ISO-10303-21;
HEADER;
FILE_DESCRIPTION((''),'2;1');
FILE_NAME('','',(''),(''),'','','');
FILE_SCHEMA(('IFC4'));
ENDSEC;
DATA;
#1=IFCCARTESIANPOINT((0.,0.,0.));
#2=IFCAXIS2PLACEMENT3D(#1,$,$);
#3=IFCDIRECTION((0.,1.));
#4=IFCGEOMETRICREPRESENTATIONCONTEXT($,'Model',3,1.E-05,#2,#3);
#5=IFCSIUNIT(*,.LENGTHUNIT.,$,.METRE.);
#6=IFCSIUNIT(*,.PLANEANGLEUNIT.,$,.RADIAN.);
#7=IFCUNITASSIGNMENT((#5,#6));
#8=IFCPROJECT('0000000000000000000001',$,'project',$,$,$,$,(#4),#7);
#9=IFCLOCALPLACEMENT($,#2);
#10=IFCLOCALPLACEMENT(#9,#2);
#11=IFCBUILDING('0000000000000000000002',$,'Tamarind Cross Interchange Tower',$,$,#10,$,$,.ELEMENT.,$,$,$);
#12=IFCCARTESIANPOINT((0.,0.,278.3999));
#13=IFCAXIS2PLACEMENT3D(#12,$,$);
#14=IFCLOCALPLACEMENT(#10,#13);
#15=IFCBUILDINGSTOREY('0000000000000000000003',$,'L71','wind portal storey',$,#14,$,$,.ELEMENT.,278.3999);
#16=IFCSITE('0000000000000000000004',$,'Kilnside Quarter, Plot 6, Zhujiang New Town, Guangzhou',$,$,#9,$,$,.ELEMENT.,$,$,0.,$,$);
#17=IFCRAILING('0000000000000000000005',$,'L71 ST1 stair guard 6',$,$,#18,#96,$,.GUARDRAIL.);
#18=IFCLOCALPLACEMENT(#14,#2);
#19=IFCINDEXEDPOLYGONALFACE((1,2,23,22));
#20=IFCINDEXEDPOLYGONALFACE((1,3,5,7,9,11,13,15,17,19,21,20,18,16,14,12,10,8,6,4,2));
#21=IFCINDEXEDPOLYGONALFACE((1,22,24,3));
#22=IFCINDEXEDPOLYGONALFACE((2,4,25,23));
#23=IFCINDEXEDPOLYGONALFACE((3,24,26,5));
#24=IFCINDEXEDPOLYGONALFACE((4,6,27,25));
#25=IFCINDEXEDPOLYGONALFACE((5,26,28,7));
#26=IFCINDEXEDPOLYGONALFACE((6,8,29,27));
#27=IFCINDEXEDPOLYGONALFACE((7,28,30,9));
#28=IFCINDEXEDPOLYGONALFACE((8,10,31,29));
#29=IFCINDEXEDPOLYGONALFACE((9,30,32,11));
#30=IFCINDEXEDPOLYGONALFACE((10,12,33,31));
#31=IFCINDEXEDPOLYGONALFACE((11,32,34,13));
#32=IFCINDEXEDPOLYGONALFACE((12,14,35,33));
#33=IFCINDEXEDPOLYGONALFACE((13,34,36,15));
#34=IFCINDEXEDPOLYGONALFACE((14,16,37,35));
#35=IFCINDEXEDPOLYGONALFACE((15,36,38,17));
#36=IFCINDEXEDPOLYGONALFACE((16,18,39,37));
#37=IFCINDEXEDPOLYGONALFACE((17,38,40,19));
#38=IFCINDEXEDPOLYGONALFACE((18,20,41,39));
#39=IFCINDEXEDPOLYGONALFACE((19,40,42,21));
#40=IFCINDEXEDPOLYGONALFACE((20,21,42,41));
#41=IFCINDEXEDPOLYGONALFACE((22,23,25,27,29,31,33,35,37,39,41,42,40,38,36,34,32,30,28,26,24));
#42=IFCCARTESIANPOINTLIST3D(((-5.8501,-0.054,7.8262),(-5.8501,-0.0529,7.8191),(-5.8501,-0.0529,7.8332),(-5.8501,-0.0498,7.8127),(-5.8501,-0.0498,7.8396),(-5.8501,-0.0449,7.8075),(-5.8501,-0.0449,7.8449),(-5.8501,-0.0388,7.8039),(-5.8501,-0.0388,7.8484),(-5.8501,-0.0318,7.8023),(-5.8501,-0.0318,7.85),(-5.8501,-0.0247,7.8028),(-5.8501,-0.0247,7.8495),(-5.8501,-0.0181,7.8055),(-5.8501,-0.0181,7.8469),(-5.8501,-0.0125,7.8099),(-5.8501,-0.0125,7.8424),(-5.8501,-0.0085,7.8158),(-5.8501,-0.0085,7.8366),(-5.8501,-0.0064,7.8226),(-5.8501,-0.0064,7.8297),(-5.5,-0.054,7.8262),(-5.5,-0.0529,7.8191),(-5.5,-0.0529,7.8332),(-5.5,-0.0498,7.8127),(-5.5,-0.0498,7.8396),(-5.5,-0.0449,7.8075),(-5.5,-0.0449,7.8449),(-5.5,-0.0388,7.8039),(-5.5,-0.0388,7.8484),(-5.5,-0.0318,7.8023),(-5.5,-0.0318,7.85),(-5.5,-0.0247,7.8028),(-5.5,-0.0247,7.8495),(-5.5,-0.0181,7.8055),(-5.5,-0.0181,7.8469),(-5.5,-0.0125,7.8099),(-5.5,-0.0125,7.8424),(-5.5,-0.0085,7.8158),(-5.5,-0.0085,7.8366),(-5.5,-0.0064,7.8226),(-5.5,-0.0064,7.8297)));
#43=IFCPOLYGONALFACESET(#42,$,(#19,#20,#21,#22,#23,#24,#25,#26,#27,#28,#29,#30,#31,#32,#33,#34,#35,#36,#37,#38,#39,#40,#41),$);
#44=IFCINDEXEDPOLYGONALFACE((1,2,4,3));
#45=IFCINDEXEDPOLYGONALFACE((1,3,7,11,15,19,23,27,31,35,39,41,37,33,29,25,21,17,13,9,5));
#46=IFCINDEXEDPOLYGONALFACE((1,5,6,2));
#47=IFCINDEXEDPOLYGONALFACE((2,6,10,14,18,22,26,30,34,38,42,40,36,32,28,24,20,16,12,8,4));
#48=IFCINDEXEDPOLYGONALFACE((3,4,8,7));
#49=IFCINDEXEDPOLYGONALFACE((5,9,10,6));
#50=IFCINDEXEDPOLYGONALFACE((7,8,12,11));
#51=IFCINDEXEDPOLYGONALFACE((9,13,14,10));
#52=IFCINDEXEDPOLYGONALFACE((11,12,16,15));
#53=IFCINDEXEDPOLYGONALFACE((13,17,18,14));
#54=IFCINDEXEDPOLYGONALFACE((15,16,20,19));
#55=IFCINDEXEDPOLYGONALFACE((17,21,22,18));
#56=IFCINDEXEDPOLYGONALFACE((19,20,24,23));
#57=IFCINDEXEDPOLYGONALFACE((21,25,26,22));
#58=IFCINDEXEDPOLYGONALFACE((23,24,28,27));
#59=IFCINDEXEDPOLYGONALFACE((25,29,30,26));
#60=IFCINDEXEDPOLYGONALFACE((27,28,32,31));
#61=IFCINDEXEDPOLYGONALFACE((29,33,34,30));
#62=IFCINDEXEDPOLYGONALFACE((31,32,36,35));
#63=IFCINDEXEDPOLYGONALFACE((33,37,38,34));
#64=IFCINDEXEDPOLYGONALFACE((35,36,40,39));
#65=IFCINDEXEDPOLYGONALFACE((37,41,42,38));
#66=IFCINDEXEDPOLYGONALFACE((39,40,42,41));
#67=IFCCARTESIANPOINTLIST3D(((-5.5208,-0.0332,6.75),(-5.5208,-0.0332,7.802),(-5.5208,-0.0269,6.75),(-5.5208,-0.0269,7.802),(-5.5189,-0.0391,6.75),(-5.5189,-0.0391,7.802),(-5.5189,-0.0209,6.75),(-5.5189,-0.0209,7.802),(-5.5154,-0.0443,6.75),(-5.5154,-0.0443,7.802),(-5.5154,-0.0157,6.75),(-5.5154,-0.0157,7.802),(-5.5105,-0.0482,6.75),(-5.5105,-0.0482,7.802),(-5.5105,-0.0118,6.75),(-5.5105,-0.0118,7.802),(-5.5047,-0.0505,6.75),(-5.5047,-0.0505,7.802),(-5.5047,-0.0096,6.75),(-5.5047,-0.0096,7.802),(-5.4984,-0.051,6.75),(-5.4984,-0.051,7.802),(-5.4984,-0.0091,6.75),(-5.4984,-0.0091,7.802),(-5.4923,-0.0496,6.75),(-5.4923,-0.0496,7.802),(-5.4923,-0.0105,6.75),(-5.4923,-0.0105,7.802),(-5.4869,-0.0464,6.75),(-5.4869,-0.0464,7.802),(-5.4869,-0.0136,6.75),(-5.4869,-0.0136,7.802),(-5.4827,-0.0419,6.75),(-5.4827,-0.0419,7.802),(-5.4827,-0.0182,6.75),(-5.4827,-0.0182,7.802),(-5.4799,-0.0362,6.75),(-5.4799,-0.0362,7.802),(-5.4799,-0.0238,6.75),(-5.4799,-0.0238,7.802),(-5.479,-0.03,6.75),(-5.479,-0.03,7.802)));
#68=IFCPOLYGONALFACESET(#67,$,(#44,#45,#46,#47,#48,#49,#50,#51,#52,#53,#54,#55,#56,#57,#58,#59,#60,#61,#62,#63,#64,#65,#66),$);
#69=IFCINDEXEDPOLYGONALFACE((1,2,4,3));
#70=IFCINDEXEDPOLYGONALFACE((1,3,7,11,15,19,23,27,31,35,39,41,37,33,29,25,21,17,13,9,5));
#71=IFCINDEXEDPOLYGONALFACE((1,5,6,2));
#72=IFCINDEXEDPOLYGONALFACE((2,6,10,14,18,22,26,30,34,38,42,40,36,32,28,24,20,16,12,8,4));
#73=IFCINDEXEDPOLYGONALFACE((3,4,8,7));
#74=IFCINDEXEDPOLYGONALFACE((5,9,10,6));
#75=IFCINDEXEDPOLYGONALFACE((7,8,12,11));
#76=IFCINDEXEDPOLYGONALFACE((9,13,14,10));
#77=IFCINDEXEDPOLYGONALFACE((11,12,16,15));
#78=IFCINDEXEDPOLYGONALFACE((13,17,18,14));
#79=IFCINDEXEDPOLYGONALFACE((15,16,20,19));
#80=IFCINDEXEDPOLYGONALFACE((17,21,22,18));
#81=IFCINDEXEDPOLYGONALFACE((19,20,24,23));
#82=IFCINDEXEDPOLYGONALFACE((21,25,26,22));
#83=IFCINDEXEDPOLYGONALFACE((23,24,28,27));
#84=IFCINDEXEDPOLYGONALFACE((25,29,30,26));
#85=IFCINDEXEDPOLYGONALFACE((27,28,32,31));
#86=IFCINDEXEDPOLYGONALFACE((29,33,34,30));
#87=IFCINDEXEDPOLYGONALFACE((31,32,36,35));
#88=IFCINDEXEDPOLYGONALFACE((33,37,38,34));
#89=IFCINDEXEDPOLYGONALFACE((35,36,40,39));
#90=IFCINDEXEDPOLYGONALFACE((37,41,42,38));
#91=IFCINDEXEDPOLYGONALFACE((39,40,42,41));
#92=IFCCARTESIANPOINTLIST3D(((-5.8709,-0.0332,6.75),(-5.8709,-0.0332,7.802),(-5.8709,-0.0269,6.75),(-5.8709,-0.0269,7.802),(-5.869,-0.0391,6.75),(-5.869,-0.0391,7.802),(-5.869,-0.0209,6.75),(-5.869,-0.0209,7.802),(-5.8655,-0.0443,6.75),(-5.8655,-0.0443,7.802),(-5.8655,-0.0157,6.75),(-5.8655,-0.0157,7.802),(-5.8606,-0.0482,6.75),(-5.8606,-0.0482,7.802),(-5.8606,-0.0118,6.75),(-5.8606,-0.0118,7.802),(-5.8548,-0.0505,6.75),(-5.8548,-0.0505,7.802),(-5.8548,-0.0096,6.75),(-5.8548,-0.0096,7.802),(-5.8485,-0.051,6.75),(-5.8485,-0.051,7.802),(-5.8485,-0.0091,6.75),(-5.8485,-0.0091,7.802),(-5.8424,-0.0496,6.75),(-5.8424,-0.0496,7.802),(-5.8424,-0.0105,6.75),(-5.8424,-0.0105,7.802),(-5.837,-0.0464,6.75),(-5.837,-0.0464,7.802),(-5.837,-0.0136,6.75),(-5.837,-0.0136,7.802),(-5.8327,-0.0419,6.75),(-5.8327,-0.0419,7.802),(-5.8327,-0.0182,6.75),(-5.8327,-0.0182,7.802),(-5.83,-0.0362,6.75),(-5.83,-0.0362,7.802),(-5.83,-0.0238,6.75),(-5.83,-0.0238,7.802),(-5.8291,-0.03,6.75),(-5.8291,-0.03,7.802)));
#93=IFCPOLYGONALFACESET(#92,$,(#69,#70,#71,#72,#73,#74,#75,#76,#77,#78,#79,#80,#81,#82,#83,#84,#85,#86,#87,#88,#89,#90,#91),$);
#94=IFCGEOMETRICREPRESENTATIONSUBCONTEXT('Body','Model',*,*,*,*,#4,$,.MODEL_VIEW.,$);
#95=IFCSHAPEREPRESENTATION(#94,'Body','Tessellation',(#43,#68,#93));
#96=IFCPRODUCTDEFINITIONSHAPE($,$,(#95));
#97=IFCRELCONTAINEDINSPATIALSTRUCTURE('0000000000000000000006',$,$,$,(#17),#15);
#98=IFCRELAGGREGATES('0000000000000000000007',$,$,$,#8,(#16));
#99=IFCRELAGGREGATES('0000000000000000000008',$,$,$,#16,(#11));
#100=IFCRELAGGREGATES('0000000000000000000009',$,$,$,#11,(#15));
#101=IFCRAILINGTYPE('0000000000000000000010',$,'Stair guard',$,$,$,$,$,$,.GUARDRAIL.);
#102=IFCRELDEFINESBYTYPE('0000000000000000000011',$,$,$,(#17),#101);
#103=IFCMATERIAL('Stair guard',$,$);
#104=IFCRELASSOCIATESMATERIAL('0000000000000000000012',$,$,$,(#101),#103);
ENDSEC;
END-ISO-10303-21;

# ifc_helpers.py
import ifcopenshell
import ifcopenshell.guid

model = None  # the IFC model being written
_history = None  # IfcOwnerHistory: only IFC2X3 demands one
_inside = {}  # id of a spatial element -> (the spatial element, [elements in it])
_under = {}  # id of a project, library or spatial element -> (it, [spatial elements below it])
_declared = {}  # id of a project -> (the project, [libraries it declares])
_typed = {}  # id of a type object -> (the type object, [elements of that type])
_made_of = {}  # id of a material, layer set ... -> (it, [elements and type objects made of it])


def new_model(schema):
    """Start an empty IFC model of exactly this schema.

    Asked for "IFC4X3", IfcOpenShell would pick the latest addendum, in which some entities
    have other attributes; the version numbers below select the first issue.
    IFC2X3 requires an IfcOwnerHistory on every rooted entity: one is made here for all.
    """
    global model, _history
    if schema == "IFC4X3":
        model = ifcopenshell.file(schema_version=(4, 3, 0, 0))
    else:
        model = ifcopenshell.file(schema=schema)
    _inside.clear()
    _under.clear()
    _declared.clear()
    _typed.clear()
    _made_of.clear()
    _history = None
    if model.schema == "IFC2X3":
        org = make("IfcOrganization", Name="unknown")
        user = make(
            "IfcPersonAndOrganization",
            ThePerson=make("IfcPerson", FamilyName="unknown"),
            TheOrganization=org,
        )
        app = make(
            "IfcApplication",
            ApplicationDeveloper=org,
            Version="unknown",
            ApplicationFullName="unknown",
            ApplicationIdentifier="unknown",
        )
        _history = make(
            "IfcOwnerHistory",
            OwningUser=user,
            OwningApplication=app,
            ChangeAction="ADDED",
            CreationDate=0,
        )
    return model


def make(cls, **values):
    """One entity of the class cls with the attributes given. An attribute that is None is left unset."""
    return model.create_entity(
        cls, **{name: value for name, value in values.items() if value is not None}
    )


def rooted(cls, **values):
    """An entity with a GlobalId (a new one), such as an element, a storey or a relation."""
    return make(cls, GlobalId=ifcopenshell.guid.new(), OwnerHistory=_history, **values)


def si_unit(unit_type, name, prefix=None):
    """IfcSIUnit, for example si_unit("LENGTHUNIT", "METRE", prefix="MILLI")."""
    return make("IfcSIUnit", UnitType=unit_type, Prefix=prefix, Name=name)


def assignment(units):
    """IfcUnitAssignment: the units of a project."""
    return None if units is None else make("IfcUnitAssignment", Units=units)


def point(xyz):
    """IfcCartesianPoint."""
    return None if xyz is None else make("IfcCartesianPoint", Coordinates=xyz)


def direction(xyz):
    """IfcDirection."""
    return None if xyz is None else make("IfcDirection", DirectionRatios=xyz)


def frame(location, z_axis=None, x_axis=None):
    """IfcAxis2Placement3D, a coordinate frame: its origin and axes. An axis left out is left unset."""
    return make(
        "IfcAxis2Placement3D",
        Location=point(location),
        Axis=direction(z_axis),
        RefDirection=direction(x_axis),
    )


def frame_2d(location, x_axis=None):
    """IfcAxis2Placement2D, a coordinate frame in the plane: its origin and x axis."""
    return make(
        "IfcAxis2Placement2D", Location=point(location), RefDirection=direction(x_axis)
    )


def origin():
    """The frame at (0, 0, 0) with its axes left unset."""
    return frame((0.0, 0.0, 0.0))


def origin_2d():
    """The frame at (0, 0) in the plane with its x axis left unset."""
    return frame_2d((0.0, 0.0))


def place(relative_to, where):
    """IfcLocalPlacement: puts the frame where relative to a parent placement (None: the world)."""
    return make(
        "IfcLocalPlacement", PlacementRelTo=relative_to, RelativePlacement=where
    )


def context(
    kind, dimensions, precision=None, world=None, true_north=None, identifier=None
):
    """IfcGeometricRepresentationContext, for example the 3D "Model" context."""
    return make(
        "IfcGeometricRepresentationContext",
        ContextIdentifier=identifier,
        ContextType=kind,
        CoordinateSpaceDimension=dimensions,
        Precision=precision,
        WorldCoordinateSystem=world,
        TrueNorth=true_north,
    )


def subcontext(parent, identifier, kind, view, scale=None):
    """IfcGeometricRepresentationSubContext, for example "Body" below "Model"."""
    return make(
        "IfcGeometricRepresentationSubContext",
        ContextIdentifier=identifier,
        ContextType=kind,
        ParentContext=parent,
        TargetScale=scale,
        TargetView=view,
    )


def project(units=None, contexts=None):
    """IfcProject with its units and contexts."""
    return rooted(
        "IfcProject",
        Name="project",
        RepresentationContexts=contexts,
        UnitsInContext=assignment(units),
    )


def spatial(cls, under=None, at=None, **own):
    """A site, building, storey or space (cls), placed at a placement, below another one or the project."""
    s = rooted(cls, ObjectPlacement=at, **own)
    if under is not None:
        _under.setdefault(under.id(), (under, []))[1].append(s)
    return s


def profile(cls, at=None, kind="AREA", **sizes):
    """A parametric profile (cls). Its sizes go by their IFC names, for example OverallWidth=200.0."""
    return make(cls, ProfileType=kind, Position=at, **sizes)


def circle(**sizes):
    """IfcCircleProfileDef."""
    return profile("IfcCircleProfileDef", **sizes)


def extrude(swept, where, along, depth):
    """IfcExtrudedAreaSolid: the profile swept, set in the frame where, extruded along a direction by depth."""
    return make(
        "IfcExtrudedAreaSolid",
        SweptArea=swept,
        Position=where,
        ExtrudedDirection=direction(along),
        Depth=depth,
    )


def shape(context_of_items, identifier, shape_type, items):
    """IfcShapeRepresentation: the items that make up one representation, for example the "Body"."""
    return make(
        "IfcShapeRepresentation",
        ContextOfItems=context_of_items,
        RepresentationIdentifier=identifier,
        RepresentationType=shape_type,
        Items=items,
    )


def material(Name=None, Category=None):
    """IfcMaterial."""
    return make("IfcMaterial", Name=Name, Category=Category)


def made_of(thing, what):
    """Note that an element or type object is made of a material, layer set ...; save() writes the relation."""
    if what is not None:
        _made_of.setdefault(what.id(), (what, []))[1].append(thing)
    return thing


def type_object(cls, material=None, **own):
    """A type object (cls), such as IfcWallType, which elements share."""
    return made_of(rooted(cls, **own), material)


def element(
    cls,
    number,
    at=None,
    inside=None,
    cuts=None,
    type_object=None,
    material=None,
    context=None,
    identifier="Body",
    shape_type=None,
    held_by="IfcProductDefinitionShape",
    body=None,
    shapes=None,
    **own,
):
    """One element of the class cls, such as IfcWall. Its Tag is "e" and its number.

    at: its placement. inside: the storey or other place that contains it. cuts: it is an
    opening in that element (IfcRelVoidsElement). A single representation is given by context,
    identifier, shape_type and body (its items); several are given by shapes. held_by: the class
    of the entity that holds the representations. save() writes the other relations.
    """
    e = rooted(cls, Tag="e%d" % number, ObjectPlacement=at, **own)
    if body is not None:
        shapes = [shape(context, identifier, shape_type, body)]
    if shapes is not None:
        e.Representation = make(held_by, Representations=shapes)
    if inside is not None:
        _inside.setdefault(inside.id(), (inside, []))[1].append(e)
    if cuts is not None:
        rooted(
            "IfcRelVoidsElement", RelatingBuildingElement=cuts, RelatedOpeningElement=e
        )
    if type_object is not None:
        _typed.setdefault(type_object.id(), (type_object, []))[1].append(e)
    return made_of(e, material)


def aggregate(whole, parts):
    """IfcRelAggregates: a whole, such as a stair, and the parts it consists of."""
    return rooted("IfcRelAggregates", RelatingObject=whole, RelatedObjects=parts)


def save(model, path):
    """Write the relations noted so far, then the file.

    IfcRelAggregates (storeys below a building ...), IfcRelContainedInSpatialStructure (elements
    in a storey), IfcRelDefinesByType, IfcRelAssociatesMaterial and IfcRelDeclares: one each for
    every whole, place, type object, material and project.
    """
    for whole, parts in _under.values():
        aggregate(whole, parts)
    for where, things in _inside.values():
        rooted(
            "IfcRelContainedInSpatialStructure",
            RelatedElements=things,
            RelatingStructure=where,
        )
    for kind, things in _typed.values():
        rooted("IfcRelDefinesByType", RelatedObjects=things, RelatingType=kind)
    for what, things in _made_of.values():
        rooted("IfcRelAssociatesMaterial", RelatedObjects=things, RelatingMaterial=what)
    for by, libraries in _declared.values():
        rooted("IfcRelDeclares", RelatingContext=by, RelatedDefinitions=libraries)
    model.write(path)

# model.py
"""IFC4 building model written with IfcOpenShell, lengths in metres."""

from ifc_helpers import new_model, si_unit, direction, frame, origin, origin_2d, place, context, subcontext, project, spatial, circle, extrude, material, type_object, element, save


model = new_model("IFC4")

# Units and contexts
model_context = context("Model", 3, precision=1e-05, world=origin(), true_north=direction((0.0, 1.0)))
body_context = subcontext(model_context, "Body", "Model", "MODEL_VIEW")
ifc_project = project(units=[si_unit("LENGTHUNIT", "METRE"), si_unit("PLANEANGLEUNIT", "RADIAN")], contexts=[model_context])

# Site, building, storey
site_placement = place(None, origin())
site = spatial("IfcSite", under=ifc_project, at=site_placement, Name="Kilnside Quarter, Plot 6, Zhujiang New Town, Guangzhou", CompositionType="ELEMENT", RefElevation=0.0)
building_placement = place(site_placement, origin())
building = spatial("IfcBuilding", under=site, at=building_placement, Name="Tamarind Cross Interchange Tower", CompositionType="ELEMENT")
storey_placement = place(building_placement, frame((0.0, 0.0, 278.3999)))
storey = spatial("IfcBuildingStorey", under=building, at=storey_placement, Name="L71", Description="wind portal storey", CompositionType="ELEMENT", Elevation=278.3999)

# Railing
ifc_material_1 = material(Name="Stair guard")
railing_type_1 = type_object("IfcRailingType", Name="Stair guard", PredefinedType="GUARDRAIL", material=ifc_material_1)
railing_1_placement = place(storey_placement, frame((-5.5, -0.03, 6.75)))
element("IfcRailing", 1, at=railing_1_placement, inside=storey, type_object=railing_type_1, Name="L71 ST1 stair guard 6", PredefinedType="GUARDRAIL", context=body_context, shape_type="SweptSolid", body=[
    extrude(circle(Radius=0.0239, at=origin_2d()), frame((0.0, 0.0, 1.0762), z_axis=(-1.0, 0.0, 0.0), x_axis=(0.0, -1.0, 0.0)), (0.0, 0.0, 1.0), 0.3501),
    extrude(circle(Radius=0.021, at=origin_2d()), origin(), (0.0, 0.0, 1.0), 1.052),
    extrude(circle(Radius=0.021, at=origin_2d()), frame((-0.3501, 0.0, 0.0)), (0.0, 0.0, 1.0), 1.052),
])

save(model, "model.ifc")
